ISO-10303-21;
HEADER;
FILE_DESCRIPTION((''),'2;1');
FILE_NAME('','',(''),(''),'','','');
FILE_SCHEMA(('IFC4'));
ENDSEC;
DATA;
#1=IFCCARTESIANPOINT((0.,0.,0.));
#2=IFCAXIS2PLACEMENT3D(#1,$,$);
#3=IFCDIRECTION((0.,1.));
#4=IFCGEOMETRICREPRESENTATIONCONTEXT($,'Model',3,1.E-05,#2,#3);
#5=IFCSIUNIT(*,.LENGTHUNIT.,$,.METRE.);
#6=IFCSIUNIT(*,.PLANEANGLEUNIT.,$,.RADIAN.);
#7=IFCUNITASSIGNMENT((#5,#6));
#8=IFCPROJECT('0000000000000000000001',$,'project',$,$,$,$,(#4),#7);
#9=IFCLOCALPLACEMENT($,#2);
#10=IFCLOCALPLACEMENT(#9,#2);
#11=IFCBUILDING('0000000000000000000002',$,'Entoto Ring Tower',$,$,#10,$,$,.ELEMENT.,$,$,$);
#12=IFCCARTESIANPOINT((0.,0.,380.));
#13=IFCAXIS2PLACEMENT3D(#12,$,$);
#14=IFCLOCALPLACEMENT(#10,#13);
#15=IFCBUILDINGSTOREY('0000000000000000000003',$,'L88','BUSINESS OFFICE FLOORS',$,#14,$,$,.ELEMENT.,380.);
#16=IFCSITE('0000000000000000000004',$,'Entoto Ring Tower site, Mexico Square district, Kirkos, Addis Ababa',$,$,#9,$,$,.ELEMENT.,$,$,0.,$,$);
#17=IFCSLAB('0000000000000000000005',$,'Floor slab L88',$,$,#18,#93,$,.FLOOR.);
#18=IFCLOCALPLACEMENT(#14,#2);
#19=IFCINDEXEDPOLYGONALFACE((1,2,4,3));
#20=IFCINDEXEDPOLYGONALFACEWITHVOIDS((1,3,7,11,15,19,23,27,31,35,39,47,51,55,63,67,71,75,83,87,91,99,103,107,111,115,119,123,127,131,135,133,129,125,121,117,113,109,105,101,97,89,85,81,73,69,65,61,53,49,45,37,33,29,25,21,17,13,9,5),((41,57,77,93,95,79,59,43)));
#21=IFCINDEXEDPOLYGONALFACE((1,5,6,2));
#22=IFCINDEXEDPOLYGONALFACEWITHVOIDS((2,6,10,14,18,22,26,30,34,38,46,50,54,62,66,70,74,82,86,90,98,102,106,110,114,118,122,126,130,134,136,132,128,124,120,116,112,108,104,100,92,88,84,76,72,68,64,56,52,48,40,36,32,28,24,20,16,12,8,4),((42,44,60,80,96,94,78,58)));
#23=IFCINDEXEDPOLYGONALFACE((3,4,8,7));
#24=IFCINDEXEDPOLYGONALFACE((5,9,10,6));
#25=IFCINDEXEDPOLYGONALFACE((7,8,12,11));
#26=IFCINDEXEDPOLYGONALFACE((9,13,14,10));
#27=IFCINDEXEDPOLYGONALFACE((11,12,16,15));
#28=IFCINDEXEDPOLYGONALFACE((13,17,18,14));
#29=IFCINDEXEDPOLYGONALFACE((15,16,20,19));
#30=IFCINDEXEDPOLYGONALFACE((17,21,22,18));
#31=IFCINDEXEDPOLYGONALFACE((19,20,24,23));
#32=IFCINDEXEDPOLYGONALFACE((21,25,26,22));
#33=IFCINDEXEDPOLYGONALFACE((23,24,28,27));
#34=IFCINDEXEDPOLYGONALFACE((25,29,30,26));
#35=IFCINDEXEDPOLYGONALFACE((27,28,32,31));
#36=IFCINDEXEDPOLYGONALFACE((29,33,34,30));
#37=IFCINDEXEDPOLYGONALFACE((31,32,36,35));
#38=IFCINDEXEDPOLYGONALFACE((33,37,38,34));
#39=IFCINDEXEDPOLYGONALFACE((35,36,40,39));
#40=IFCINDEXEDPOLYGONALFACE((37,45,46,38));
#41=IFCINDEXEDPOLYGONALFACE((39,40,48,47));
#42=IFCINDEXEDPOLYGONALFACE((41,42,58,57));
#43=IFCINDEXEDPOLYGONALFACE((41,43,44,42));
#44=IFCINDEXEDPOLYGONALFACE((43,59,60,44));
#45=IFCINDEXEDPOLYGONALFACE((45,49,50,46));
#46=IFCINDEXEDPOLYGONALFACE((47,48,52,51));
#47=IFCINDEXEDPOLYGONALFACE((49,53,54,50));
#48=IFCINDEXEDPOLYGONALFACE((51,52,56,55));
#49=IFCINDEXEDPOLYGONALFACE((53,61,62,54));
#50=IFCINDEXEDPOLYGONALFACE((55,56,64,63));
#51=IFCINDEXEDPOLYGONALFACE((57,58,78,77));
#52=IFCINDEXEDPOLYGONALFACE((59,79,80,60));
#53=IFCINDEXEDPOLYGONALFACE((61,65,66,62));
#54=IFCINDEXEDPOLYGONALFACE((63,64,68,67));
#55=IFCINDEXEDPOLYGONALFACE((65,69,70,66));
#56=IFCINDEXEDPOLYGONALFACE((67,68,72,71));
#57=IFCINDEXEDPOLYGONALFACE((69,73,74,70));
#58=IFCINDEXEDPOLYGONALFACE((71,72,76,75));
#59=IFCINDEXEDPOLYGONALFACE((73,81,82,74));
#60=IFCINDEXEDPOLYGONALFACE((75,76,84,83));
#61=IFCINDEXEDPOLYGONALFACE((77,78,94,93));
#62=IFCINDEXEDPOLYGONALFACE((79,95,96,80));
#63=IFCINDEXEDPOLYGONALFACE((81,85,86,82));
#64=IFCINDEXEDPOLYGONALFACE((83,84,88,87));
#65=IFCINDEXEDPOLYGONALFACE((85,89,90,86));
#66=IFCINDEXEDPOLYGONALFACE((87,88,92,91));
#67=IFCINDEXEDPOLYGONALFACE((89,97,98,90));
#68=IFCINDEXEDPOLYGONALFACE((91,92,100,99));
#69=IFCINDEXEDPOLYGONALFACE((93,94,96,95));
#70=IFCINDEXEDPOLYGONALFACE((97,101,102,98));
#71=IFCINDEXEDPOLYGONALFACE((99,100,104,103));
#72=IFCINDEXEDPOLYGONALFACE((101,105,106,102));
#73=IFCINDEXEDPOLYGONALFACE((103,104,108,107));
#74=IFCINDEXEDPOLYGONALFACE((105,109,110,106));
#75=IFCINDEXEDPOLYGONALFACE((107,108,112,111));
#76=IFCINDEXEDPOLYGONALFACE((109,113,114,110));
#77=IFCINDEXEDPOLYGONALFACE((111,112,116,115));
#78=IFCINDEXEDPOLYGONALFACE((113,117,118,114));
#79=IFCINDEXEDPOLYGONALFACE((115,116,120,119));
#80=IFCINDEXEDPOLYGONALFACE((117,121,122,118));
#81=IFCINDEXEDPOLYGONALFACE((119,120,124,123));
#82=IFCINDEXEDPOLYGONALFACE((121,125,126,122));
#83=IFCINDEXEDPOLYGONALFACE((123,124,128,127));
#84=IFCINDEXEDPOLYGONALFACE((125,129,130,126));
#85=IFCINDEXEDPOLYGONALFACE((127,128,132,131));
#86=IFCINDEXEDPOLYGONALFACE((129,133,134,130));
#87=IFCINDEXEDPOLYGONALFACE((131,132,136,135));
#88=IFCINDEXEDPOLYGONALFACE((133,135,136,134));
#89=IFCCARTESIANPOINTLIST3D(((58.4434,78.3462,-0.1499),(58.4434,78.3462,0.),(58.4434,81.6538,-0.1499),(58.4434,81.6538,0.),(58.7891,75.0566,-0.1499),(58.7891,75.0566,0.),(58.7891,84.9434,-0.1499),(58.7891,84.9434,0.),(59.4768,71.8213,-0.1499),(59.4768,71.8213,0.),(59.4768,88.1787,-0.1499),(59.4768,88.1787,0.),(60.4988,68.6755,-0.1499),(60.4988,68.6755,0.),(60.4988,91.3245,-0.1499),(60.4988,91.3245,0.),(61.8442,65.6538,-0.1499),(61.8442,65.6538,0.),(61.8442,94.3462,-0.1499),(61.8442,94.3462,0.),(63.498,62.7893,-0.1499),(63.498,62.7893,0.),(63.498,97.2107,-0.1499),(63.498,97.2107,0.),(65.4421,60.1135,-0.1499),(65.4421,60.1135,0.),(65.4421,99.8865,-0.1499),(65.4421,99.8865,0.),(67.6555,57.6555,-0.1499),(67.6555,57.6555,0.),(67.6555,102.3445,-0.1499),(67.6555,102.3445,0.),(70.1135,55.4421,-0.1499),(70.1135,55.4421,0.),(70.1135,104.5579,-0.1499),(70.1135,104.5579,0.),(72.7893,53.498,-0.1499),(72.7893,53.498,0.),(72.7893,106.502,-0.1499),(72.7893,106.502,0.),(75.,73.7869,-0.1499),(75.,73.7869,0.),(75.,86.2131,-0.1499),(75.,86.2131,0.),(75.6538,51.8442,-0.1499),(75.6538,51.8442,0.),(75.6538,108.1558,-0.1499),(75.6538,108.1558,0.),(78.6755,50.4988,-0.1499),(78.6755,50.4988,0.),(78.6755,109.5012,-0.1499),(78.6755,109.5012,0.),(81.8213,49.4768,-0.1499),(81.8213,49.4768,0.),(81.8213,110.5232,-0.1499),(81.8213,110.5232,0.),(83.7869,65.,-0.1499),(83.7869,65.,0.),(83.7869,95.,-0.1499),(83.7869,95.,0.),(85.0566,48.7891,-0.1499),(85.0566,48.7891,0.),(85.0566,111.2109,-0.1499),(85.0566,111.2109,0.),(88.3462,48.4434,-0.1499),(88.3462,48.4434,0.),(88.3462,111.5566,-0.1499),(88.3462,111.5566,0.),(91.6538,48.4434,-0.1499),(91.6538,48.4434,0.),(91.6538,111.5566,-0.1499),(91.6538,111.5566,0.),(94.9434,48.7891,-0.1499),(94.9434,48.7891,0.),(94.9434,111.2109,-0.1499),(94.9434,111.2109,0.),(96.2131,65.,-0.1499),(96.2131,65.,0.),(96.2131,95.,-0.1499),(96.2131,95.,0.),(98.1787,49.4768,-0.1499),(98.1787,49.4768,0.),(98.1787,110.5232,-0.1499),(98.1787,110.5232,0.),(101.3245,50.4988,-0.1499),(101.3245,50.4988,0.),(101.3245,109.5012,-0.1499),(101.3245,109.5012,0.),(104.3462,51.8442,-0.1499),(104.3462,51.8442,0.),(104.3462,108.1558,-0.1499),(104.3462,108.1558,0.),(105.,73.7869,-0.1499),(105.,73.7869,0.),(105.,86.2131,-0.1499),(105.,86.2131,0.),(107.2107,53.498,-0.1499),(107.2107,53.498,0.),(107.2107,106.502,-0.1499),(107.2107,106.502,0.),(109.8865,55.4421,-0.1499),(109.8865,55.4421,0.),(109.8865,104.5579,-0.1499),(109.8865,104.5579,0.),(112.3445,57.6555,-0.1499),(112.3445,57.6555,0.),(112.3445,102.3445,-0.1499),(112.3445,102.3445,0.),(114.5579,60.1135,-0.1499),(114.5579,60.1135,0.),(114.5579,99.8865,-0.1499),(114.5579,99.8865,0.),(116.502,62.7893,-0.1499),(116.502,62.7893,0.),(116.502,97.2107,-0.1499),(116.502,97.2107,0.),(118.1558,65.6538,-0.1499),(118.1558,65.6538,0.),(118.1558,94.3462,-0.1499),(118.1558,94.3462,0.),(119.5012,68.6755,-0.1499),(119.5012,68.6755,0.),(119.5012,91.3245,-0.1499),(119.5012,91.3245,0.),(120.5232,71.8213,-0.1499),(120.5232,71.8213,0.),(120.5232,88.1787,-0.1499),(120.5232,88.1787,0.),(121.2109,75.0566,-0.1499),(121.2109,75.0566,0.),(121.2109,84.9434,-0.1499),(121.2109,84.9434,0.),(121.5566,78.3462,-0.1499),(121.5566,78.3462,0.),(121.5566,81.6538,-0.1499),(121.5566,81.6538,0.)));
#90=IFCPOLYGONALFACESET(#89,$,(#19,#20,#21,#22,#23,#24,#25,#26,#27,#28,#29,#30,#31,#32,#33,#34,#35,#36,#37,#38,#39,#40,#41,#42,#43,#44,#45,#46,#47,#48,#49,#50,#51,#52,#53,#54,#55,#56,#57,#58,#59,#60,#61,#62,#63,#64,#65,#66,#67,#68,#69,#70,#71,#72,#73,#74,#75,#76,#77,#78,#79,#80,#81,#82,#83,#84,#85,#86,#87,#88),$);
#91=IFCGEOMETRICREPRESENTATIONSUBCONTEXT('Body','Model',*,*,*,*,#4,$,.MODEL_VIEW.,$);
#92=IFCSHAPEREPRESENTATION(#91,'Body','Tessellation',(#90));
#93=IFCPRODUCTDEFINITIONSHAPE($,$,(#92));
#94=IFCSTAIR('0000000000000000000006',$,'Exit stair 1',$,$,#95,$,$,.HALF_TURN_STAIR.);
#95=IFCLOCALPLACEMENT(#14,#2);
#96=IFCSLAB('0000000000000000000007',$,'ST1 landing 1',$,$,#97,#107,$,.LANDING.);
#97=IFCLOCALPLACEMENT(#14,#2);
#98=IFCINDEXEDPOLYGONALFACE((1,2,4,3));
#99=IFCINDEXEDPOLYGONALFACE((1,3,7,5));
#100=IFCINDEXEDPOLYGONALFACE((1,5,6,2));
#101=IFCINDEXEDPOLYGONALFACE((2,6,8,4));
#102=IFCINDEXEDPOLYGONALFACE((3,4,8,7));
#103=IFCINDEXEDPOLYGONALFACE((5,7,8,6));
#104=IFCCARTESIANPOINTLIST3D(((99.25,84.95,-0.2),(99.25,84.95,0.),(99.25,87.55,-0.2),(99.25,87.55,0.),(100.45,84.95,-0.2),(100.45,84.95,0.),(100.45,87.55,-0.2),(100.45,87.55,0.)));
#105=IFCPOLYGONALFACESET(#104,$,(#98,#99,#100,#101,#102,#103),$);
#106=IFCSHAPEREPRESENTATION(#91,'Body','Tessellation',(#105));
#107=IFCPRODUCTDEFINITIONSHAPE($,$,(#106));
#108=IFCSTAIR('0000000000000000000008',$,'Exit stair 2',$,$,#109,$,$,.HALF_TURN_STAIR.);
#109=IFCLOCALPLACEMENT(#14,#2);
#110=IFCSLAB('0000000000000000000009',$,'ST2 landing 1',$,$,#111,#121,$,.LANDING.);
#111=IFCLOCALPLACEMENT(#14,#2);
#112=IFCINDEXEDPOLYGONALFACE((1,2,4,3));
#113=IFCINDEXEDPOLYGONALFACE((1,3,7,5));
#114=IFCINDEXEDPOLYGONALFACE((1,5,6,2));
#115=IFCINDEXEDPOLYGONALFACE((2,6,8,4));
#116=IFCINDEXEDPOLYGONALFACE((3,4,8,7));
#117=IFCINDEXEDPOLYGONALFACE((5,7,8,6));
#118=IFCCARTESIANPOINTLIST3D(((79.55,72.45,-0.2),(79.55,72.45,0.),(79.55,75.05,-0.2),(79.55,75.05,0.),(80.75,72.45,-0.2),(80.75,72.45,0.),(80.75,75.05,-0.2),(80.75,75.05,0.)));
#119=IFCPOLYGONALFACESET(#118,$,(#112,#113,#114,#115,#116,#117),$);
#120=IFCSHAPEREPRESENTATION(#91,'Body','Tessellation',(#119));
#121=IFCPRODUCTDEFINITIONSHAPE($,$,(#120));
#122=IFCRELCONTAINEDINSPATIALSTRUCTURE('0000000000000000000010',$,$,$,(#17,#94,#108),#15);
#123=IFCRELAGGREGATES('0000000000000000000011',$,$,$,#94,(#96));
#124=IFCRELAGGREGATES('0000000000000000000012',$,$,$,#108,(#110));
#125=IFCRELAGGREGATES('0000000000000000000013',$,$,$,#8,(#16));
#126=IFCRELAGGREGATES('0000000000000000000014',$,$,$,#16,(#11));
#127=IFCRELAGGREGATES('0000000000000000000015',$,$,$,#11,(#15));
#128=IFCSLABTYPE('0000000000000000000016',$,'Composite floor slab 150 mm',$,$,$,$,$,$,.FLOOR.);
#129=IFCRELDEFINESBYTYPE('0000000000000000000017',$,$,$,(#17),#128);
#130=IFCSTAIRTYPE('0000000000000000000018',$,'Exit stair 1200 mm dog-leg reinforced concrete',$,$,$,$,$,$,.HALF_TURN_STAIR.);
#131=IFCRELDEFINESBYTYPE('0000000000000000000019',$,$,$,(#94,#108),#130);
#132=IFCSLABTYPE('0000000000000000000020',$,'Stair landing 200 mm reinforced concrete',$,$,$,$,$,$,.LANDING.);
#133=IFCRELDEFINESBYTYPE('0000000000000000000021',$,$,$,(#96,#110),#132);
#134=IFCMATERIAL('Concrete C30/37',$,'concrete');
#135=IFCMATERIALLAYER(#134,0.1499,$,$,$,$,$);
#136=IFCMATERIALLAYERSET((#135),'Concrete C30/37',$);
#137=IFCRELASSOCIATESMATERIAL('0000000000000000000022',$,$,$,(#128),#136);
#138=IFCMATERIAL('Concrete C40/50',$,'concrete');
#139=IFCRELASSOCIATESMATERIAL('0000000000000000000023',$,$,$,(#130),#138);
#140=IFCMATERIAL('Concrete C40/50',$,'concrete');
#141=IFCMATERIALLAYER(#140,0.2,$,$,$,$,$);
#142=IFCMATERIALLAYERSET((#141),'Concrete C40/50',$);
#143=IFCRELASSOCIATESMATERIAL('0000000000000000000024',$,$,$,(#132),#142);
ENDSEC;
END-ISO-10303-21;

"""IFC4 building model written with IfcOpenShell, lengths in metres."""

from ifc_helpers import new_model, si_unit, direction, frame, origin, place, context, subcontext, project, spatial, polyline, outline, extrude, material, layer, layer_set, type_object, element, aggregate, save


model = new_model("IFC4")

# Units and contexts
model_context = context("Model", 3, precision=1e-05, world=origin(), true_north=direction((0.0, 1.0)))
body_context = subcontext(model_context, "Body", "Model", "MODEL_VIEW")
ifc_project = project(units=[si_unit("LENGTHUNIT", "METRE"), si_unit("PLANEANGLEUNIT", "RADIAN")], contexts=[model_context])

# Site, building, storey
site_placement = place(None, origin())
building_placement = place(site_placement, origin())
storey_placement = place(building_placement, frame((0.0, 0.0, 380.0)))
site = spatial("IfcSite", under=ifc_project, at=site_placement, Name="Entoto Ring Tower site, Mexico Square district, Kirkos, Addis Ababa", CompositionType="ELEMENT", RefElevation=0.0)
building = spatial("IfcBuilding", under=site, at=building_placement, Name="Entoto Ring Tower", CompositionType="ELEMENT")
storey = spatial("IfcBuildingStorey", under=building, at=storey_placement, Name="L88", Description="BUSINESS OFFICE FLOORS", CompositionType="ELEMENT", Elevation=380.0)

# Slab
ifc_material_1 = material(Name="Concrete C30/37", Category="concrete")
ifc_layer_1 = layer(ifc_material_1, 0.1499)
ifc_layer_set_1 = layer_set([ifc_layer_1], Name="Concrete C30/37")
slab_type_1 = type_object("IfcSlabType", Name="Composite floor slab 150 mm", PredefinedType="FLOOR", material=ifc_layer_set_1)
slab_1_placement = place(storey_placement, frame((0.0, 0.0, -0.1499)))
element("IfcSlab", 1, at=slab_1_placement, inside=storey, type_object=slab_type_1, Name="Floor slab L88", PredefinedType="FLOOR", context=body_context, shape_type="SweptSolid", body=[
    extrude(outline(polyline([(121.2109, 84.9434), (120.5232, 88.1787), (119.5012, 91.3245), (118.1558, 94.3462), (116.502, 97.2107), (114.5579, 99.8865), (112.3445, 102.3445), (109.8865, 104.5579), (107.2107, 106.502), (104.3462, 108.1558), (101.3245, 109.5012), (98.1787, 110.5232), (94.9434, 111.2109), (91.6538, 111.5566), (88.3462, 111.5566), (85.0566, 111.2109), (81.8213, 110.5232), (78.6755, 109.5012), (75.6538, 108.1558), (72.7893, 106.502), (70.1135, 104.5579), (67.6555, 102.3445), (65.4421, 99.8865), (63.498, 97.2107), (61.8442, 94.3462), (60.4988, 91.3245), (59.4768, 88.1787), (58.7891, 84.9434), (58.4434, 81.6538), (58.4434, 78.3462), (58.7891, 75.0566), (59.4768, 71.8213), (60.4988, 68.6755), (61.8442, 65.6538), (63.498, 62.7893), (65.4421, 60.1135), (67.6555, 57.6555), (70.1135, 55.4421), (72.7893, 53.498), (75.6538, 51.8442), (78.6755, 50.4988), (81.8213, 49.4768), (85.0566, 48.7891), (88.3462, 48.4434), (91.6538, 48.4434), (94.9434, 48.7891), (98.1787, 49.4768), (101.3245, 50.4988), (104.3462, 51.8442), (107.2107, 53.498), (109.8865, 55.4421), (112.3445, 57.6555), (114.5579, 60.1135), (116.502, 62.7893), (118.1558, 65.6538), (119.5012, 68.6755), (120.5232, 71.8213), (121.2109, 75.0566), (121.5566, 78.3462), (121.5566, 81.6538), (121.2109, 84.9434)]), holes=[polyline([(105.0, 73.7869), (105.0, 86.2131), (96.2131, 95.0), (83.7869, 95.0), (75.0, 86.2131), (75.0, 73.7869), (83.7869, 65.0), (96.2131, 65.0), (105.0, 73.7869)])]), origin(), (0.0, 0.0, 1.0), 0.1499),
])

# Stairs, slabs
ifc_material_2 = material(Name="Concrete C40/50", Category="concrete")
stair_type = type_object("IfcStairType", Name="Exit stair 1200 mm dog-leg reinforced concrete", PredefinedType="HALF_TURN_STAIR", material=ifc_material_2)
stair_1_placement = place(storey_placement, origin())
stair_1 = element("IfcStair", 2, at=stair_1_placement, inside=storey, type_object=stair_type, Name="Exit stair 1", PredefinedType="HALF_TURN_STAIR")
ifc_material_3 = material(Name="Concrete C40/50", Category="concrete")
ifc_layer_2 = layer(ifc_material_3, 0.2)
ifc_layer_set_2 = layer_set([ifc_layer_2], Name="Concrete C40/50")
slab_type_2 = type_object("IfcSlabType", Name="Stair landing 200 mm reinforced concrete", PredefinedType="LANDING", material=ifc_layer_set_2)
slab_2_placement = place(storey_placement, frame((0.0, 0.0, -0.2)))
slab_2 = element("IfcSlab", 3, at=slab_2_placement, type_object=slab_type_2, Name="ST1 landing 1", PredefinedType="LANDING", context=body_context, shape_type="SweptSolid", body=[
    extrude(outline(polyline([(100.45, 84.95), (100.45, 87.55), (99.25, 87.55), (99.25, 84.95), (100.45, 84.95)])), origin(), (0.0, 0.0, 1.0), 0.2),
])
aggregate(stair_1, [slab_2])
stair_2_placement = place(storey_placement, origin())
stair_2 = element("IfcStair", 4, at=stair_2_placement, inside=storey, type_object=stair_type, Name="Exit stair 2", PredefinedType="HALF_TURN_STAIR")
slab_3_placement = place(storey_placement, frame((0.0, 0.0, -0.2)))
slab_3 = element("IfcSlab", 5, at=slab_3_placement, type_object=slab_type_2, Name="ST2 landing 1", PredefinedType="LANDING", context=body_context, shape_type="SweptSolid", body=[
    extrude(outline(polyline([(80.75, 72.45), (80.75, 75.05), (79.55, 75.05), (79.55, 72.45), (80.75, 72.45)])), origin(), (0.0, 0.0, 1.0), 0.2),
])
aggregate(stair_2, [slab_3])

save(model, "model.ifc")
